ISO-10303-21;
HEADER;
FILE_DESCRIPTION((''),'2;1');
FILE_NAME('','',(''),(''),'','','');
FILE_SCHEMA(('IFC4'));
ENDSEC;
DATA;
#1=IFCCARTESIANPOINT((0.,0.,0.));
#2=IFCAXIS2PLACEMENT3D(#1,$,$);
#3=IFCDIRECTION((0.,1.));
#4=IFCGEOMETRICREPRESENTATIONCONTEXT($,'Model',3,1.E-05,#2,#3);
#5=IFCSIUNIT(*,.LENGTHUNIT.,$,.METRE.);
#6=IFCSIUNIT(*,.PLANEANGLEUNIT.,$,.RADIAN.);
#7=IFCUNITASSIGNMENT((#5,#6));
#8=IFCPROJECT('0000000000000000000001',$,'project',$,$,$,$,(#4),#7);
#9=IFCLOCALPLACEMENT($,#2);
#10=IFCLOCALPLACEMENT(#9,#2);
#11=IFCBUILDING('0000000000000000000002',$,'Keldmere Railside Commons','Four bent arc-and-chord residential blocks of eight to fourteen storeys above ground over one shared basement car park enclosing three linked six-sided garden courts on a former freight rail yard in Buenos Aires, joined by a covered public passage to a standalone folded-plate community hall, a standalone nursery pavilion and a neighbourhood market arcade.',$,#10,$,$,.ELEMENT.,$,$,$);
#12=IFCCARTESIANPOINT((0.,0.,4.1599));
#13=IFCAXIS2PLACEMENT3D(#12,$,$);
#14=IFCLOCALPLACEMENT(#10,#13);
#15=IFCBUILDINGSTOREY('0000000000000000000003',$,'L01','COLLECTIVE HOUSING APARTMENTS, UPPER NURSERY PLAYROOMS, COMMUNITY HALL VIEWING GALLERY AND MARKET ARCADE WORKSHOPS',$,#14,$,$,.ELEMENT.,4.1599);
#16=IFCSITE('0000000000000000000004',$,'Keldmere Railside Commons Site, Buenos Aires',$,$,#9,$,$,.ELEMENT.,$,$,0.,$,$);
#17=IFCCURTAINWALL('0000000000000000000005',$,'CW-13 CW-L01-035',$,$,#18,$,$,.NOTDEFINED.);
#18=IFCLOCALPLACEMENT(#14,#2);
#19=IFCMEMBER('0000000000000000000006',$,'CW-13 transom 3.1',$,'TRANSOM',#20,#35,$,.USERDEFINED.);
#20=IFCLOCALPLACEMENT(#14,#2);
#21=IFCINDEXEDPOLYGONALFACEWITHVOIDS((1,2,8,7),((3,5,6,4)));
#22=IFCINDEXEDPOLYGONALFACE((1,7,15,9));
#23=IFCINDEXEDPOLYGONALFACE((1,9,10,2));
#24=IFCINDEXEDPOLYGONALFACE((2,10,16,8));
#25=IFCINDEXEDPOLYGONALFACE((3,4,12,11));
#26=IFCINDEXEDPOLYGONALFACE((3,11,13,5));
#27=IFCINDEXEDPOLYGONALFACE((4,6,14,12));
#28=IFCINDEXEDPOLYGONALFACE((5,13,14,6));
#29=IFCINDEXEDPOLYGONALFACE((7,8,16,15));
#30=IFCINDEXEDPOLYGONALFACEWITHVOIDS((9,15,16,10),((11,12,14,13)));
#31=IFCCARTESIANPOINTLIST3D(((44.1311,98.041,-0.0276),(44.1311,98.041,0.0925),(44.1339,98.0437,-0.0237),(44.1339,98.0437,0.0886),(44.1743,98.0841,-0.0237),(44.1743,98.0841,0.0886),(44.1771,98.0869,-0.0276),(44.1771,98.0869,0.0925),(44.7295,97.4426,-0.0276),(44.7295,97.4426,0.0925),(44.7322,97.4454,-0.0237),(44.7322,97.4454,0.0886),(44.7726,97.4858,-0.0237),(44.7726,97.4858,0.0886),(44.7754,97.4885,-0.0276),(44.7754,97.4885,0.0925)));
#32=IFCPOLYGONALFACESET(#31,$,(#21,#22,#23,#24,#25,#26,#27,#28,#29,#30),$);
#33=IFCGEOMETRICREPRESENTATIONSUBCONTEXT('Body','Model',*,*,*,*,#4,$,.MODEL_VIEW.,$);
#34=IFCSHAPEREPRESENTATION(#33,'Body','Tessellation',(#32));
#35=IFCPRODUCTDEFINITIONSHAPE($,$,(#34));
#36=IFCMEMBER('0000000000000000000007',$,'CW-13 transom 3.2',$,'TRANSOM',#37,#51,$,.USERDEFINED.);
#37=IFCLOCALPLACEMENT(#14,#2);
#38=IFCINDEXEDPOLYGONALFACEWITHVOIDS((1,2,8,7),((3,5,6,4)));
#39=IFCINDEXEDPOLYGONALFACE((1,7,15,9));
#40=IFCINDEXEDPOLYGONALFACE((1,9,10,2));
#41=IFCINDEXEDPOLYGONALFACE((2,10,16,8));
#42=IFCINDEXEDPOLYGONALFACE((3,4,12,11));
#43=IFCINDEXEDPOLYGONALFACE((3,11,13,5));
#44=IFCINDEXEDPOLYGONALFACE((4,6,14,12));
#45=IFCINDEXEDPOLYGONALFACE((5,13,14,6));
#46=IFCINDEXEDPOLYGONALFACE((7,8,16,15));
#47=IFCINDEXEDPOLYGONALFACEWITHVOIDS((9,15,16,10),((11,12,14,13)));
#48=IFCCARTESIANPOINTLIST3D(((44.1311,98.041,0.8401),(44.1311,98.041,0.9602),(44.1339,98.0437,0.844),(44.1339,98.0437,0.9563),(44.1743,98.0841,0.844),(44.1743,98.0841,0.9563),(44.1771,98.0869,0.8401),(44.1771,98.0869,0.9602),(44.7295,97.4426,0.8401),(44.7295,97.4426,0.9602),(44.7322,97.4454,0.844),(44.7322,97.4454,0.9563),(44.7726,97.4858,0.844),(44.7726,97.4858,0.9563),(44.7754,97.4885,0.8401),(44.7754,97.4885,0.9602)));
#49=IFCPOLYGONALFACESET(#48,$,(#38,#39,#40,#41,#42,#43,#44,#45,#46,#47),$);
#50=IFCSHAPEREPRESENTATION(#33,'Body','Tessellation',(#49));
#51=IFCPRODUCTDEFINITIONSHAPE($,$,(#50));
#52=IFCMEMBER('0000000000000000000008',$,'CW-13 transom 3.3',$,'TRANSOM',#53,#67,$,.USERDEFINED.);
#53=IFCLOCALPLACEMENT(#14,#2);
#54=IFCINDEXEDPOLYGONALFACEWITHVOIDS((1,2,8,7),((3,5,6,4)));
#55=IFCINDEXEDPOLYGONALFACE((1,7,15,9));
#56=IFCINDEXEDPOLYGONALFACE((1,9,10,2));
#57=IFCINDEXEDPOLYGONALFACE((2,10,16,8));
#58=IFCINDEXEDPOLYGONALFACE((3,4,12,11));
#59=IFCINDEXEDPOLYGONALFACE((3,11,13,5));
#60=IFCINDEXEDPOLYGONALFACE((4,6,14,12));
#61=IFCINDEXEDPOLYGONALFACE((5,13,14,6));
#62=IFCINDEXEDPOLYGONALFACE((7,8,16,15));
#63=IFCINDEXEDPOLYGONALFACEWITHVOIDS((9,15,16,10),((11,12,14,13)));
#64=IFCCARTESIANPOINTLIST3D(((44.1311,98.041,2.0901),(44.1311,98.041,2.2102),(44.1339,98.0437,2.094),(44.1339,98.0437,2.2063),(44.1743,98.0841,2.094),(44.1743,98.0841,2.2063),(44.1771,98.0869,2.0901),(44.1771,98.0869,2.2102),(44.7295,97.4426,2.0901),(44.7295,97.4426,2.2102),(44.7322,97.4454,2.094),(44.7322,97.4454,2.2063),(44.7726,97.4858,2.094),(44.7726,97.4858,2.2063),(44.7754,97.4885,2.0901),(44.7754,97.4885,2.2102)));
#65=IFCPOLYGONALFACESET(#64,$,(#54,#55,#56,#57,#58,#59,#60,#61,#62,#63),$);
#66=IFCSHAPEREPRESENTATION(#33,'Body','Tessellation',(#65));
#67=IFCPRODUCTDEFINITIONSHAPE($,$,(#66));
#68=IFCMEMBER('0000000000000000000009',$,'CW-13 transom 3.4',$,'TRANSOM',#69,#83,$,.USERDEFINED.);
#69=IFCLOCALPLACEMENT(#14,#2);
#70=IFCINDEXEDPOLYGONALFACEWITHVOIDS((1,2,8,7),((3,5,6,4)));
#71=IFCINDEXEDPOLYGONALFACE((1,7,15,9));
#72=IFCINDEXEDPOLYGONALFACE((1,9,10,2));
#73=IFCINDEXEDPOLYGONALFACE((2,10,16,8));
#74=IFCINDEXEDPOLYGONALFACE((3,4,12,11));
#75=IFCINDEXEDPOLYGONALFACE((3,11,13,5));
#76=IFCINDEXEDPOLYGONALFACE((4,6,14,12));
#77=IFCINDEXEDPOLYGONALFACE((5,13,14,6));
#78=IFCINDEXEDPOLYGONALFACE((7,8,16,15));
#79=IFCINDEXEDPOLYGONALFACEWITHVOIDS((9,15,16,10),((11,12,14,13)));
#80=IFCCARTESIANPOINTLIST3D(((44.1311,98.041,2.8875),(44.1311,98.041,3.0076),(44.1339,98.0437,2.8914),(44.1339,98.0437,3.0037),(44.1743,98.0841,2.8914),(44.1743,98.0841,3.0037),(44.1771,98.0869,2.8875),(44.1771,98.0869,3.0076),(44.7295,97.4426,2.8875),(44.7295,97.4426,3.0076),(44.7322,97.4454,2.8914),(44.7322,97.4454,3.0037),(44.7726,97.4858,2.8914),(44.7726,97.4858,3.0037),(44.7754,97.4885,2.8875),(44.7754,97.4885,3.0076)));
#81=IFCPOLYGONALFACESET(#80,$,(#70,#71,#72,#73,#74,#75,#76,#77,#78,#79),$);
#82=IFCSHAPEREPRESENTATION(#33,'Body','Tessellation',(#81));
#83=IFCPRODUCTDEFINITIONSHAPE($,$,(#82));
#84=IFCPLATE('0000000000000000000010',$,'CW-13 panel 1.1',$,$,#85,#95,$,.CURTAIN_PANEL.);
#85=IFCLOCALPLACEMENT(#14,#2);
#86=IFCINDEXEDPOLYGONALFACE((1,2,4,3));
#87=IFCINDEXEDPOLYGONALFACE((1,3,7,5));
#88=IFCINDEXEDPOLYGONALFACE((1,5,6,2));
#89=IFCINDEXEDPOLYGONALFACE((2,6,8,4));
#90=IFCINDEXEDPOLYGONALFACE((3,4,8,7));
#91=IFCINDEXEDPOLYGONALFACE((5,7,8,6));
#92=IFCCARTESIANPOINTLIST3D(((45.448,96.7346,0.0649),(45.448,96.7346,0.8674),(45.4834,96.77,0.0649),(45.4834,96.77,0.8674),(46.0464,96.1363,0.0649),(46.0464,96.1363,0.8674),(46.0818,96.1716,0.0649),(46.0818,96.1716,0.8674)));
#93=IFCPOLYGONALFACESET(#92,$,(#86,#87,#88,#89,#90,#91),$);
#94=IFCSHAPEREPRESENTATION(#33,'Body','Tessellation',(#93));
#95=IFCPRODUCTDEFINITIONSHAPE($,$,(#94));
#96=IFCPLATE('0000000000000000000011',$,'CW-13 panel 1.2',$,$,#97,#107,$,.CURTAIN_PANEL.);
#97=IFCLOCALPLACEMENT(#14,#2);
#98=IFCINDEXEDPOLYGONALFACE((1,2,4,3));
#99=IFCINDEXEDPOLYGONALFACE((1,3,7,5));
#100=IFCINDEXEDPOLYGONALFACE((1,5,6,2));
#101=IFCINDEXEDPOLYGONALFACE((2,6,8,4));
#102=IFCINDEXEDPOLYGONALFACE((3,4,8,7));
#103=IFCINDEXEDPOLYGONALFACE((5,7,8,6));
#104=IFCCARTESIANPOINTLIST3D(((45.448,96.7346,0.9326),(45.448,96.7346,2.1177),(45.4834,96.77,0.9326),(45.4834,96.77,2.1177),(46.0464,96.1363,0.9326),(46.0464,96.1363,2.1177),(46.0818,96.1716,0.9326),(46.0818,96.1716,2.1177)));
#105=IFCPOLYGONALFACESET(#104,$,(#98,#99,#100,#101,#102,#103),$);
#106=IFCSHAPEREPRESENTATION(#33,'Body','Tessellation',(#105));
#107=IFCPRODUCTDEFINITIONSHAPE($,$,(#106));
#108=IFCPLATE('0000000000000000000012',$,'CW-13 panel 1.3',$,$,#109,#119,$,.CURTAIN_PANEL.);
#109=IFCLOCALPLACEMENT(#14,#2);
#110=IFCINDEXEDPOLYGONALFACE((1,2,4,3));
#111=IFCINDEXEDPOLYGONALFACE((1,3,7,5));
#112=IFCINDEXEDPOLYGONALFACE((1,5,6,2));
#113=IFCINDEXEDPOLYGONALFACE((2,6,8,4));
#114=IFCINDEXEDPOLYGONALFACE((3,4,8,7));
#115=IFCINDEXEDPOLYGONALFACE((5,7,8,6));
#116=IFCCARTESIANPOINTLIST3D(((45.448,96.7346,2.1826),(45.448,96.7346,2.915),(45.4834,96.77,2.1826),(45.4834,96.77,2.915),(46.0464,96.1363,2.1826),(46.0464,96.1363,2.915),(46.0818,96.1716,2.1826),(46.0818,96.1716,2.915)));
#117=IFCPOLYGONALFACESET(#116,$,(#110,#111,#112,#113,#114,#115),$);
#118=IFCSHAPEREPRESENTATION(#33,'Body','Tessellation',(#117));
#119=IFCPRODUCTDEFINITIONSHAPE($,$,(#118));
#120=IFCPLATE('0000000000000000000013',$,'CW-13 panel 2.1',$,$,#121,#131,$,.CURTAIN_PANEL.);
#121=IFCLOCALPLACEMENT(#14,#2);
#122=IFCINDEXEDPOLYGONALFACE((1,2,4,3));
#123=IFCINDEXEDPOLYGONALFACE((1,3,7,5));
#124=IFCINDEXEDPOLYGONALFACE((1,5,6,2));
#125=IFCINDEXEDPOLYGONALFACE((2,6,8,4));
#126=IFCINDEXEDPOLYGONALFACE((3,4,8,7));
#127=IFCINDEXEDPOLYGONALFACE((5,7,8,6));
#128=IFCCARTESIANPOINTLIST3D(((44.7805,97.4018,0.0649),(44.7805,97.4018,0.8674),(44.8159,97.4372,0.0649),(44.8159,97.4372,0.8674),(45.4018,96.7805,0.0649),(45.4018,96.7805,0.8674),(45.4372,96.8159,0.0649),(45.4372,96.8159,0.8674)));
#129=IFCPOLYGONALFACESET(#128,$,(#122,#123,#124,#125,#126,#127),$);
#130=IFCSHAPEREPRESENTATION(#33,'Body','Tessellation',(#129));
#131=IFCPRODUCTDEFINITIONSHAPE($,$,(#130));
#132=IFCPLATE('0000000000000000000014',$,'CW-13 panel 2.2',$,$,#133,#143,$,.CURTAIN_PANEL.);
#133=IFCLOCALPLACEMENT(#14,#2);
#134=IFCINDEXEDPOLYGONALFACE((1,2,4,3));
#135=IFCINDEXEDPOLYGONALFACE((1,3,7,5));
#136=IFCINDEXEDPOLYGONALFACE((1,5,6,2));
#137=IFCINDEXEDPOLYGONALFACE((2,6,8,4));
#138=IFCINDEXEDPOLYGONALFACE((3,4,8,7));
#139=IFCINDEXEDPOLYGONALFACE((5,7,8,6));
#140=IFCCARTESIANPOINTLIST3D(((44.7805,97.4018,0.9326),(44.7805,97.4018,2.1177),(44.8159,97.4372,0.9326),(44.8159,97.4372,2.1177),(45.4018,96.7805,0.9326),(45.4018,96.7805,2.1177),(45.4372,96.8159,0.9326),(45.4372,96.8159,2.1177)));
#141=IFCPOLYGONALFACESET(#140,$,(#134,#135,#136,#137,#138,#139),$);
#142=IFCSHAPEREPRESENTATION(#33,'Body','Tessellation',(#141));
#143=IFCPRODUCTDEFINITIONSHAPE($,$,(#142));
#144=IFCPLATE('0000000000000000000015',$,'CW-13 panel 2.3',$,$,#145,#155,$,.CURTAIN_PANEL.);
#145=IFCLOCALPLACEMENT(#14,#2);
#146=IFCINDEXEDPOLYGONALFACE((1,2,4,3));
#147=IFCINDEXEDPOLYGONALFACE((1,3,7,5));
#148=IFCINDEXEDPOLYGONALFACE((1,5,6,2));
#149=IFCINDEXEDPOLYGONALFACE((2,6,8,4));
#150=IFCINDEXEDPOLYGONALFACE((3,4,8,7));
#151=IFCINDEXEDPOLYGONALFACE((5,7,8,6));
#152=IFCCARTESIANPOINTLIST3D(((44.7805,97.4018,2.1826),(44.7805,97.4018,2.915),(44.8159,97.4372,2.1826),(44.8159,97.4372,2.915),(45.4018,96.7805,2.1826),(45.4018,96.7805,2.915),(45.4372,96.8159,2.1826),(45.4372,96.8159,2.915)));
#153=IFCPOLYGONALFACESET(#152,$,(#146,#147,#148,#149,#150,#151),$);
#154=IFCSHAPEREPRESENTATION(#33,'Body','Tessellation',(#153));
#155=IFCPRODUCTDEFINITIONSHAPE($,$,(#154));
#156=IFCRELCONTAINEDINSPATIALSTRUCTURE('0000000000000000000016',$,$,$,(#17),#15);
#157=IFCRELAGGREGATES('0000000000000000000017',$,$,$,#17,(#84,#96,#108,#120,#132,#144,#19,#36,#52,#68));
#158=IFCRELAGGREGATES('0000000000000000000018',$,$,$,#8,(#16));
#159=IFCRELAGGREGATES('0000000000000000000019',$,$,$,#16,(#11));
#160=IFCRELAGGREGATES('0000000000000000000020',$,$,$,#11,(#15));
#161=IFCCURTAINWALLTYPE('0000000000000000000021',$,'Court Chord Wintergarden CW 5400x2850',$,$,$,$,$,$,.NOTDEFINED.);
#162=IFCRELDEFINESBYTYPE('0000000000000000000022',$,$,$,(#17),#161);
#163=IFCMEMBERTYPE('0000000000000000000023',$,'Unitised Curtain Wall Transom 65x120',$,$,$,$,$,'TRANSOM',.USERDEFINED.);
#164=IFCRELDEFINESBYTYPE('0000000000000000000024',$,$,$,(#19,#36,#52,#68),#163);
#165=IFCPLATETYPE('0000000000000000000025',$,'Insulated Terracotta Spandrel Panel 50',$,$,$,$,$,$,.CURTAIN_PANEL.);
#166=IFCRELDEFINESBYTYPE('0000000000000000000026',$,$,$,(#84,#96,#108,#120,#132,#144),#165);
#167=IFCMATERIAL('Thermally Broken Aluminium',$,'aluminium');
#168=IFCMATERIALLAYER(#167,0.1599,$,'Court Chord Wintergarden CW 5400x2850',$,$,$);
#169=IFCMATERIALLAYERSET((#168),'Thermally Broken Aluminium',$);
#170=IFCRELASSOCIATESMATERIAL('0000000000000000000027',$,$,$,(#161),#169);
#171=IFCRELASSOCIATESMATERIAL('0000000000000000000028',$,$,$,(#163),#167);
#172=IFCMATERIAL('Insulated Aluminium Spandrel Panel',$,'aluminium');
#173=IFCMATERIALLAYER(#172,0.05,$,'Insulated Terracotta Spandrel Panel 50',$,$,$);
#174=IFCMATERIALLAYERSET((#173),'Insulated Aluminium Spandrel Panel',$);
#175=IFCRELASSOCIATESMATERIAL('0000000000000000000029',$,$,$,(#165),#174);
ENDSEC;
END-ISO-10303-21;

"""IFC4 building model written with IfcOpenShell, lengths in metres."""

from ifc_helpers import new_model, si_unit, direction, frame, origin, origin_2d, place, context, subcontext, project, spatial, rectangle, hollow_rectangle, extrude, material, layer, layer_set, material_profile, profile_set, type_object, element, aggregate, save


model = new_model("IFC4")

# Units and contexts
model_context = context("Model", 3, precision=1e-05, world=origin(), true_north=direction((0.0, 1.0)))
body_context = subcontext(model_context, "Body", "Model", "MODEL_VIEW")
ifc_project = project(units=[si_unit("LENGTHUNIT", "METRE"), si_unit("PLANEANGLEUNIT", "RADIAN")], contexts=[model_context])

# Site, building, storey
site_placement = place(None, origin())
site = spatial("IfcSite", under=ifc_project, at=site_placement, Name="Keldmere Railside Commons Site, Buenos Aires", CompositionType="ELEMENT", RefElevation=0.0)
building_placement = place(site_placement, origin())
building = spatial("IfcBuilding", under=site, at=building_placement, Name="Keldmere Railside Commons", Description="Four bent arc-and-chord residential blocks of eight to fourteen storeys above ground over one shared basement car park enclosing three linked six-sided garden courts on a former freight rail yard in Buenos Aires, joined by a covered public passage to a standalone folded-plate community hall, a standalone nursery pavilion and a neighbourhood market arcade.", CompositionType="ELEMENT")
storey_placement = place(building_placement, frame((0.0, 0.0, 4.1599)))
storey = spatial("IfcBuildingStorey", under=building, at=storey_placement, Name="L01", Description="COLLECTIVE HOUSING APARTMENTS, UPPER NURSERY PLAYROOMS, COMMUNITY HALL VIEWING GALLERY AND MARKET ARCADE WORKSHOPS", CompositionType="ELEMENT", Elevation=4.1599)

# Curtain wall, members, plates
ifc_material_1 = material(Name="Thermally Broken Aluminium", Category="aluminium")
ifc_layer_1 = layer(ifc_material_1, 0.1599, Name="Court Chord Wintergarden CW 5400x2850")
ifc_layer_set_1 = layer_set([ifc_layer_1], Name="Thermally Broken Aluminium")
curtain_wall_type = type_object("IfcCurtainWallType", Name="Court Chord Wintergarden CW 5400x2850", PredefinedType="NOTDEFINED", material=ifc_layer_set_1)
curtain_wall_placement = place(storey_placement, origin())
curtain_wall = element("IfcCurtainWall", 1, at=curtain_wall_placement, inside=storey, type_object=curtain_wall_type, Name="CW-13 CW-L01-035", PredefinedType="NOTDEFINED")
ifc_material_profile_1 = material_profile(ifc_material_1, hollow_rectangle(XDim=0.0649, YDim=0.1201, WallThickness=0.0039, at=origin_2d()), Name="ALU-TRAN-65x120")
ifc_profile_set_1 = profile_set([ifc_material_profile_1], Name="Thermally Broken Aluminium")
member_type_1 = type_object("IfcMemberType", Name="Unitised Curtain Wall Transom 65x120", ElementType="TRANSOM", PredefinedType="USERDEFINED", material=ifc_profile_set_1)
member_1_placement = place(storey_placement, frame((44.7524, 97.4656, 0.0325), z_axis=(-0.707107, 0.707107, 0.0), x_axis=(-0.707107, -0.707107, 0.0)))
member_1 = element("IfcMember", 2, at=member_1_placement, type_object=member_type_1, Name="CW-13 transom 3.1", ObjectType="TRANSOM", PredefinedType="USERDEFINED", context=body_context, shape_type="SweptSolid", body=[
    extrude(hollow_rectangle(XDim=0.0649, YDim=0.1201, WallThickness=0.0039, at=origin_2d()), origin(), (0.0, 0.0, 1.0), 0.8462),
])
member_2_placement = place(storey_placement, frame((44.7524, 97.4656, 0.9001), z_axis=(-0.707107, 0.707107, 0.0), x_axis=(-0.707107, -0.707107, 0.0)))
member_2 = element("IfcMember", 3, at=member_2_placement, type_object=member_type_1, Name="CW-13 transom 3.2", ObjectType="TRANSOM", PredefinedType="USERDEFINED", context=body_context, shape_type="SweptSolid", body=[
    extrude(hollow_rectangle(XDim=0.0649, YDim=0.1201, WallThickness=0.0039, at=origin_2d()), origin(), (0.0, 0.0, 1.0), 0.8462),
])
member_3_placement = place(storey_placement, frame((44.7524, 97.4656, 2.1501), z_axis=(-0.707107, 0.707107, 0.0), x_axis=(-0.707107, -0.707107, 0.0)))
member_3 = element("IfcMember", 4, at=member_3_placement, type_object=member_type_1, Name="CW-13 transom 3.3", ObjectType="TRANSOM", PredefinedType="USERDEFINED", context=body_context, shape_type="SweptSolid", body=[
    extrude(hollow_rectangle(XDim=0.0649, YDim=0.1201, WallThickness=0.0039, at=origin_2d()), origin(), (0.0, 0.0, 1.0), 0.8462),
])
member_4_placement = place(storey_placement, frame((44.7524, 97.4656, 2.9475), z_axis=(-0.707107, 0.707107, 0.0), x_axis=(-0.707107, -0.707107, 0.0)))
member_4 = element("IfcMember", 5, at=member_4_placement, type_object=member_type_1, Name="CW-13 transom 3.4", ObjectType="TRANSOM", PredefinedType="USERDEFINED", context=body_context, shape_type="SweptSolid", body=[
    extrude(hollow_rectangle(XDim=0.0649, YDim=0.1201, WallThickness=0.0039, at=origin_2d()), origin(), (0.0, 0.0, 1.0), 0.8462),
])
ifc_material_2 = material(Name="Insulated Aluminium Spandrel Panel", Category="aluminium")
ifc_layer_2 = layer(ifc_material_2, 0.05, Name="Insulated Terracotta Spandrel Panel 50")
ifc_layer_set_2 = layer_set([ifc_layer_2], Name="Insulated Aluminium Spandrel Panel")
plate_type = type_object("IfcPlateType", Name="Insulated Terracotta Spandrel Panel 50", PredefinedType="CURTAIN_PANEL", material=ifc_layer_set_2)
plate_1_placement = place(storey_placement, frame((45.7649, 96.4531, 0.0649), z_axis=(0.0, 0.0, 1.0), x_axis=(-0.707107, 0.707107, 0.0)))
plate_1 = element("IfcPlate", 6, at=plate_1_placement, type_object=plate_type, Name="CW-13 panel 1.1", PredefinedType="CURTAIN_PANEL", context=body_context, shape_type="SweptSolid", body=[
    extrude(rectangle(XDim=0.8462, YDim=0.05, at=origin_2d()), origin(), (0.0, 0.0, 1.0), 0.8025),
])
plate_2_placement = place(storey_placement, frame((45.7649, 96.4531, 0.9326), z_axis=(0.0, 0.0, 1.0), x_axis=(-0.707107, 0.707107, 0.0)))
plate_2 = element("IfcPlate", 7, at=plate_2_placement, type_object=plate_type, Name="CW-13 panel 1.2", PredefinedType="CURTAIN_PANEL", context=body_context, shape_type="SweptSolid", body=[
    extrude(rectangle(XDim=0.8462, YDim=0.05, at=origin_2d()), origin(), (0.0, 0.0, 1.0), 1.1851),
])
plate_3_placement = place(storey_placement, frame((45.7649, 96.4531, 2.1826), z_axis=(0.0, 0.0, 1.0), x_axis=(-0.707107, 0.707107, 0.0)))
plate_3 = element("IfcPlate", 8, at=plate_3_placement, type_object=plate_type, Name="CW-13 panel 1.3", PredefinedType="CURTAIN_PANEL", context=body_context, shape_type="SweptSolid", body=[
    extrude(rectangle(XDim=0.8462, YDim=0.05, at=origin_2d()), origin(), (0.0, 0.0, 1.0), 0.7324),
])
plate_4_placement = place(storey_placement, frame((45.1089, 97.1089, 0.0649), z_axis=(0.0, 0.0, 1.0), x_axis=(-0.707107, 0.707107, 0.0)))
plate_4 = element("IfcPlate", 9, at=plate_4_placement, type_object=plate_type, Name="CW-13 panel 2.1", PredefinedType="CURTAIN_PANEL", context=body_context, shape_type="SweptSolid", body=[
    extrude(rectangle(XDim=0.8787, YDim=0.05, at=origin_2d()), origin(), (0.0, 0.0, 1.0), 0.8025),
])
plate_5_placement = place(storey_placement, frame((45.1089, 97.1089, 0.9326), z_axis=(0.0, 0.0, 1.0), x_axis=(-0.707107, 0.707107, 0.0)))
plate_5 = element("IfcPlate", 10, at=plate_5_placement, type_object=plate_type, Name="CW-13 panel 2.2", PredefinedType="CURTAIN_PANEL", context=body_context, shape_type="SweptSolid", body=[
    extrude(rectangle(XDim=0.8787, YDim=0.05, at=origin_2d()), origin(), (0.0, 0.0, 1.0), 1.1851),
])
plate_6_placement = place(storey_placement, frame((45.1089, 97.1089, 2.1826), z_axis=(0.0, 0.0, 1.0), x_axis=(-0.707107, 0.707107, 0.0)))
plate_6 = element("IfcPlate", 11, at=plate_6_placement, type_object=plate_type, Name="CW-13 panel 2.3", PredefinedType="CURTAIN_PANEL", context=body_context, shape_type="SweptSolid", body=[
    extrude(rectangle(XDim=0.8787, YDim=0.05, at=origin_2d()), origin(), (0.0, 0.0, 1.0), 0.7324),
])
aggregate(curtain_wall, [plate_1, plate_2, plate_3, plate_4, plate_5, plate_6, member_1, member_2, member_3, member_4])

save(model, "model.ifc")
